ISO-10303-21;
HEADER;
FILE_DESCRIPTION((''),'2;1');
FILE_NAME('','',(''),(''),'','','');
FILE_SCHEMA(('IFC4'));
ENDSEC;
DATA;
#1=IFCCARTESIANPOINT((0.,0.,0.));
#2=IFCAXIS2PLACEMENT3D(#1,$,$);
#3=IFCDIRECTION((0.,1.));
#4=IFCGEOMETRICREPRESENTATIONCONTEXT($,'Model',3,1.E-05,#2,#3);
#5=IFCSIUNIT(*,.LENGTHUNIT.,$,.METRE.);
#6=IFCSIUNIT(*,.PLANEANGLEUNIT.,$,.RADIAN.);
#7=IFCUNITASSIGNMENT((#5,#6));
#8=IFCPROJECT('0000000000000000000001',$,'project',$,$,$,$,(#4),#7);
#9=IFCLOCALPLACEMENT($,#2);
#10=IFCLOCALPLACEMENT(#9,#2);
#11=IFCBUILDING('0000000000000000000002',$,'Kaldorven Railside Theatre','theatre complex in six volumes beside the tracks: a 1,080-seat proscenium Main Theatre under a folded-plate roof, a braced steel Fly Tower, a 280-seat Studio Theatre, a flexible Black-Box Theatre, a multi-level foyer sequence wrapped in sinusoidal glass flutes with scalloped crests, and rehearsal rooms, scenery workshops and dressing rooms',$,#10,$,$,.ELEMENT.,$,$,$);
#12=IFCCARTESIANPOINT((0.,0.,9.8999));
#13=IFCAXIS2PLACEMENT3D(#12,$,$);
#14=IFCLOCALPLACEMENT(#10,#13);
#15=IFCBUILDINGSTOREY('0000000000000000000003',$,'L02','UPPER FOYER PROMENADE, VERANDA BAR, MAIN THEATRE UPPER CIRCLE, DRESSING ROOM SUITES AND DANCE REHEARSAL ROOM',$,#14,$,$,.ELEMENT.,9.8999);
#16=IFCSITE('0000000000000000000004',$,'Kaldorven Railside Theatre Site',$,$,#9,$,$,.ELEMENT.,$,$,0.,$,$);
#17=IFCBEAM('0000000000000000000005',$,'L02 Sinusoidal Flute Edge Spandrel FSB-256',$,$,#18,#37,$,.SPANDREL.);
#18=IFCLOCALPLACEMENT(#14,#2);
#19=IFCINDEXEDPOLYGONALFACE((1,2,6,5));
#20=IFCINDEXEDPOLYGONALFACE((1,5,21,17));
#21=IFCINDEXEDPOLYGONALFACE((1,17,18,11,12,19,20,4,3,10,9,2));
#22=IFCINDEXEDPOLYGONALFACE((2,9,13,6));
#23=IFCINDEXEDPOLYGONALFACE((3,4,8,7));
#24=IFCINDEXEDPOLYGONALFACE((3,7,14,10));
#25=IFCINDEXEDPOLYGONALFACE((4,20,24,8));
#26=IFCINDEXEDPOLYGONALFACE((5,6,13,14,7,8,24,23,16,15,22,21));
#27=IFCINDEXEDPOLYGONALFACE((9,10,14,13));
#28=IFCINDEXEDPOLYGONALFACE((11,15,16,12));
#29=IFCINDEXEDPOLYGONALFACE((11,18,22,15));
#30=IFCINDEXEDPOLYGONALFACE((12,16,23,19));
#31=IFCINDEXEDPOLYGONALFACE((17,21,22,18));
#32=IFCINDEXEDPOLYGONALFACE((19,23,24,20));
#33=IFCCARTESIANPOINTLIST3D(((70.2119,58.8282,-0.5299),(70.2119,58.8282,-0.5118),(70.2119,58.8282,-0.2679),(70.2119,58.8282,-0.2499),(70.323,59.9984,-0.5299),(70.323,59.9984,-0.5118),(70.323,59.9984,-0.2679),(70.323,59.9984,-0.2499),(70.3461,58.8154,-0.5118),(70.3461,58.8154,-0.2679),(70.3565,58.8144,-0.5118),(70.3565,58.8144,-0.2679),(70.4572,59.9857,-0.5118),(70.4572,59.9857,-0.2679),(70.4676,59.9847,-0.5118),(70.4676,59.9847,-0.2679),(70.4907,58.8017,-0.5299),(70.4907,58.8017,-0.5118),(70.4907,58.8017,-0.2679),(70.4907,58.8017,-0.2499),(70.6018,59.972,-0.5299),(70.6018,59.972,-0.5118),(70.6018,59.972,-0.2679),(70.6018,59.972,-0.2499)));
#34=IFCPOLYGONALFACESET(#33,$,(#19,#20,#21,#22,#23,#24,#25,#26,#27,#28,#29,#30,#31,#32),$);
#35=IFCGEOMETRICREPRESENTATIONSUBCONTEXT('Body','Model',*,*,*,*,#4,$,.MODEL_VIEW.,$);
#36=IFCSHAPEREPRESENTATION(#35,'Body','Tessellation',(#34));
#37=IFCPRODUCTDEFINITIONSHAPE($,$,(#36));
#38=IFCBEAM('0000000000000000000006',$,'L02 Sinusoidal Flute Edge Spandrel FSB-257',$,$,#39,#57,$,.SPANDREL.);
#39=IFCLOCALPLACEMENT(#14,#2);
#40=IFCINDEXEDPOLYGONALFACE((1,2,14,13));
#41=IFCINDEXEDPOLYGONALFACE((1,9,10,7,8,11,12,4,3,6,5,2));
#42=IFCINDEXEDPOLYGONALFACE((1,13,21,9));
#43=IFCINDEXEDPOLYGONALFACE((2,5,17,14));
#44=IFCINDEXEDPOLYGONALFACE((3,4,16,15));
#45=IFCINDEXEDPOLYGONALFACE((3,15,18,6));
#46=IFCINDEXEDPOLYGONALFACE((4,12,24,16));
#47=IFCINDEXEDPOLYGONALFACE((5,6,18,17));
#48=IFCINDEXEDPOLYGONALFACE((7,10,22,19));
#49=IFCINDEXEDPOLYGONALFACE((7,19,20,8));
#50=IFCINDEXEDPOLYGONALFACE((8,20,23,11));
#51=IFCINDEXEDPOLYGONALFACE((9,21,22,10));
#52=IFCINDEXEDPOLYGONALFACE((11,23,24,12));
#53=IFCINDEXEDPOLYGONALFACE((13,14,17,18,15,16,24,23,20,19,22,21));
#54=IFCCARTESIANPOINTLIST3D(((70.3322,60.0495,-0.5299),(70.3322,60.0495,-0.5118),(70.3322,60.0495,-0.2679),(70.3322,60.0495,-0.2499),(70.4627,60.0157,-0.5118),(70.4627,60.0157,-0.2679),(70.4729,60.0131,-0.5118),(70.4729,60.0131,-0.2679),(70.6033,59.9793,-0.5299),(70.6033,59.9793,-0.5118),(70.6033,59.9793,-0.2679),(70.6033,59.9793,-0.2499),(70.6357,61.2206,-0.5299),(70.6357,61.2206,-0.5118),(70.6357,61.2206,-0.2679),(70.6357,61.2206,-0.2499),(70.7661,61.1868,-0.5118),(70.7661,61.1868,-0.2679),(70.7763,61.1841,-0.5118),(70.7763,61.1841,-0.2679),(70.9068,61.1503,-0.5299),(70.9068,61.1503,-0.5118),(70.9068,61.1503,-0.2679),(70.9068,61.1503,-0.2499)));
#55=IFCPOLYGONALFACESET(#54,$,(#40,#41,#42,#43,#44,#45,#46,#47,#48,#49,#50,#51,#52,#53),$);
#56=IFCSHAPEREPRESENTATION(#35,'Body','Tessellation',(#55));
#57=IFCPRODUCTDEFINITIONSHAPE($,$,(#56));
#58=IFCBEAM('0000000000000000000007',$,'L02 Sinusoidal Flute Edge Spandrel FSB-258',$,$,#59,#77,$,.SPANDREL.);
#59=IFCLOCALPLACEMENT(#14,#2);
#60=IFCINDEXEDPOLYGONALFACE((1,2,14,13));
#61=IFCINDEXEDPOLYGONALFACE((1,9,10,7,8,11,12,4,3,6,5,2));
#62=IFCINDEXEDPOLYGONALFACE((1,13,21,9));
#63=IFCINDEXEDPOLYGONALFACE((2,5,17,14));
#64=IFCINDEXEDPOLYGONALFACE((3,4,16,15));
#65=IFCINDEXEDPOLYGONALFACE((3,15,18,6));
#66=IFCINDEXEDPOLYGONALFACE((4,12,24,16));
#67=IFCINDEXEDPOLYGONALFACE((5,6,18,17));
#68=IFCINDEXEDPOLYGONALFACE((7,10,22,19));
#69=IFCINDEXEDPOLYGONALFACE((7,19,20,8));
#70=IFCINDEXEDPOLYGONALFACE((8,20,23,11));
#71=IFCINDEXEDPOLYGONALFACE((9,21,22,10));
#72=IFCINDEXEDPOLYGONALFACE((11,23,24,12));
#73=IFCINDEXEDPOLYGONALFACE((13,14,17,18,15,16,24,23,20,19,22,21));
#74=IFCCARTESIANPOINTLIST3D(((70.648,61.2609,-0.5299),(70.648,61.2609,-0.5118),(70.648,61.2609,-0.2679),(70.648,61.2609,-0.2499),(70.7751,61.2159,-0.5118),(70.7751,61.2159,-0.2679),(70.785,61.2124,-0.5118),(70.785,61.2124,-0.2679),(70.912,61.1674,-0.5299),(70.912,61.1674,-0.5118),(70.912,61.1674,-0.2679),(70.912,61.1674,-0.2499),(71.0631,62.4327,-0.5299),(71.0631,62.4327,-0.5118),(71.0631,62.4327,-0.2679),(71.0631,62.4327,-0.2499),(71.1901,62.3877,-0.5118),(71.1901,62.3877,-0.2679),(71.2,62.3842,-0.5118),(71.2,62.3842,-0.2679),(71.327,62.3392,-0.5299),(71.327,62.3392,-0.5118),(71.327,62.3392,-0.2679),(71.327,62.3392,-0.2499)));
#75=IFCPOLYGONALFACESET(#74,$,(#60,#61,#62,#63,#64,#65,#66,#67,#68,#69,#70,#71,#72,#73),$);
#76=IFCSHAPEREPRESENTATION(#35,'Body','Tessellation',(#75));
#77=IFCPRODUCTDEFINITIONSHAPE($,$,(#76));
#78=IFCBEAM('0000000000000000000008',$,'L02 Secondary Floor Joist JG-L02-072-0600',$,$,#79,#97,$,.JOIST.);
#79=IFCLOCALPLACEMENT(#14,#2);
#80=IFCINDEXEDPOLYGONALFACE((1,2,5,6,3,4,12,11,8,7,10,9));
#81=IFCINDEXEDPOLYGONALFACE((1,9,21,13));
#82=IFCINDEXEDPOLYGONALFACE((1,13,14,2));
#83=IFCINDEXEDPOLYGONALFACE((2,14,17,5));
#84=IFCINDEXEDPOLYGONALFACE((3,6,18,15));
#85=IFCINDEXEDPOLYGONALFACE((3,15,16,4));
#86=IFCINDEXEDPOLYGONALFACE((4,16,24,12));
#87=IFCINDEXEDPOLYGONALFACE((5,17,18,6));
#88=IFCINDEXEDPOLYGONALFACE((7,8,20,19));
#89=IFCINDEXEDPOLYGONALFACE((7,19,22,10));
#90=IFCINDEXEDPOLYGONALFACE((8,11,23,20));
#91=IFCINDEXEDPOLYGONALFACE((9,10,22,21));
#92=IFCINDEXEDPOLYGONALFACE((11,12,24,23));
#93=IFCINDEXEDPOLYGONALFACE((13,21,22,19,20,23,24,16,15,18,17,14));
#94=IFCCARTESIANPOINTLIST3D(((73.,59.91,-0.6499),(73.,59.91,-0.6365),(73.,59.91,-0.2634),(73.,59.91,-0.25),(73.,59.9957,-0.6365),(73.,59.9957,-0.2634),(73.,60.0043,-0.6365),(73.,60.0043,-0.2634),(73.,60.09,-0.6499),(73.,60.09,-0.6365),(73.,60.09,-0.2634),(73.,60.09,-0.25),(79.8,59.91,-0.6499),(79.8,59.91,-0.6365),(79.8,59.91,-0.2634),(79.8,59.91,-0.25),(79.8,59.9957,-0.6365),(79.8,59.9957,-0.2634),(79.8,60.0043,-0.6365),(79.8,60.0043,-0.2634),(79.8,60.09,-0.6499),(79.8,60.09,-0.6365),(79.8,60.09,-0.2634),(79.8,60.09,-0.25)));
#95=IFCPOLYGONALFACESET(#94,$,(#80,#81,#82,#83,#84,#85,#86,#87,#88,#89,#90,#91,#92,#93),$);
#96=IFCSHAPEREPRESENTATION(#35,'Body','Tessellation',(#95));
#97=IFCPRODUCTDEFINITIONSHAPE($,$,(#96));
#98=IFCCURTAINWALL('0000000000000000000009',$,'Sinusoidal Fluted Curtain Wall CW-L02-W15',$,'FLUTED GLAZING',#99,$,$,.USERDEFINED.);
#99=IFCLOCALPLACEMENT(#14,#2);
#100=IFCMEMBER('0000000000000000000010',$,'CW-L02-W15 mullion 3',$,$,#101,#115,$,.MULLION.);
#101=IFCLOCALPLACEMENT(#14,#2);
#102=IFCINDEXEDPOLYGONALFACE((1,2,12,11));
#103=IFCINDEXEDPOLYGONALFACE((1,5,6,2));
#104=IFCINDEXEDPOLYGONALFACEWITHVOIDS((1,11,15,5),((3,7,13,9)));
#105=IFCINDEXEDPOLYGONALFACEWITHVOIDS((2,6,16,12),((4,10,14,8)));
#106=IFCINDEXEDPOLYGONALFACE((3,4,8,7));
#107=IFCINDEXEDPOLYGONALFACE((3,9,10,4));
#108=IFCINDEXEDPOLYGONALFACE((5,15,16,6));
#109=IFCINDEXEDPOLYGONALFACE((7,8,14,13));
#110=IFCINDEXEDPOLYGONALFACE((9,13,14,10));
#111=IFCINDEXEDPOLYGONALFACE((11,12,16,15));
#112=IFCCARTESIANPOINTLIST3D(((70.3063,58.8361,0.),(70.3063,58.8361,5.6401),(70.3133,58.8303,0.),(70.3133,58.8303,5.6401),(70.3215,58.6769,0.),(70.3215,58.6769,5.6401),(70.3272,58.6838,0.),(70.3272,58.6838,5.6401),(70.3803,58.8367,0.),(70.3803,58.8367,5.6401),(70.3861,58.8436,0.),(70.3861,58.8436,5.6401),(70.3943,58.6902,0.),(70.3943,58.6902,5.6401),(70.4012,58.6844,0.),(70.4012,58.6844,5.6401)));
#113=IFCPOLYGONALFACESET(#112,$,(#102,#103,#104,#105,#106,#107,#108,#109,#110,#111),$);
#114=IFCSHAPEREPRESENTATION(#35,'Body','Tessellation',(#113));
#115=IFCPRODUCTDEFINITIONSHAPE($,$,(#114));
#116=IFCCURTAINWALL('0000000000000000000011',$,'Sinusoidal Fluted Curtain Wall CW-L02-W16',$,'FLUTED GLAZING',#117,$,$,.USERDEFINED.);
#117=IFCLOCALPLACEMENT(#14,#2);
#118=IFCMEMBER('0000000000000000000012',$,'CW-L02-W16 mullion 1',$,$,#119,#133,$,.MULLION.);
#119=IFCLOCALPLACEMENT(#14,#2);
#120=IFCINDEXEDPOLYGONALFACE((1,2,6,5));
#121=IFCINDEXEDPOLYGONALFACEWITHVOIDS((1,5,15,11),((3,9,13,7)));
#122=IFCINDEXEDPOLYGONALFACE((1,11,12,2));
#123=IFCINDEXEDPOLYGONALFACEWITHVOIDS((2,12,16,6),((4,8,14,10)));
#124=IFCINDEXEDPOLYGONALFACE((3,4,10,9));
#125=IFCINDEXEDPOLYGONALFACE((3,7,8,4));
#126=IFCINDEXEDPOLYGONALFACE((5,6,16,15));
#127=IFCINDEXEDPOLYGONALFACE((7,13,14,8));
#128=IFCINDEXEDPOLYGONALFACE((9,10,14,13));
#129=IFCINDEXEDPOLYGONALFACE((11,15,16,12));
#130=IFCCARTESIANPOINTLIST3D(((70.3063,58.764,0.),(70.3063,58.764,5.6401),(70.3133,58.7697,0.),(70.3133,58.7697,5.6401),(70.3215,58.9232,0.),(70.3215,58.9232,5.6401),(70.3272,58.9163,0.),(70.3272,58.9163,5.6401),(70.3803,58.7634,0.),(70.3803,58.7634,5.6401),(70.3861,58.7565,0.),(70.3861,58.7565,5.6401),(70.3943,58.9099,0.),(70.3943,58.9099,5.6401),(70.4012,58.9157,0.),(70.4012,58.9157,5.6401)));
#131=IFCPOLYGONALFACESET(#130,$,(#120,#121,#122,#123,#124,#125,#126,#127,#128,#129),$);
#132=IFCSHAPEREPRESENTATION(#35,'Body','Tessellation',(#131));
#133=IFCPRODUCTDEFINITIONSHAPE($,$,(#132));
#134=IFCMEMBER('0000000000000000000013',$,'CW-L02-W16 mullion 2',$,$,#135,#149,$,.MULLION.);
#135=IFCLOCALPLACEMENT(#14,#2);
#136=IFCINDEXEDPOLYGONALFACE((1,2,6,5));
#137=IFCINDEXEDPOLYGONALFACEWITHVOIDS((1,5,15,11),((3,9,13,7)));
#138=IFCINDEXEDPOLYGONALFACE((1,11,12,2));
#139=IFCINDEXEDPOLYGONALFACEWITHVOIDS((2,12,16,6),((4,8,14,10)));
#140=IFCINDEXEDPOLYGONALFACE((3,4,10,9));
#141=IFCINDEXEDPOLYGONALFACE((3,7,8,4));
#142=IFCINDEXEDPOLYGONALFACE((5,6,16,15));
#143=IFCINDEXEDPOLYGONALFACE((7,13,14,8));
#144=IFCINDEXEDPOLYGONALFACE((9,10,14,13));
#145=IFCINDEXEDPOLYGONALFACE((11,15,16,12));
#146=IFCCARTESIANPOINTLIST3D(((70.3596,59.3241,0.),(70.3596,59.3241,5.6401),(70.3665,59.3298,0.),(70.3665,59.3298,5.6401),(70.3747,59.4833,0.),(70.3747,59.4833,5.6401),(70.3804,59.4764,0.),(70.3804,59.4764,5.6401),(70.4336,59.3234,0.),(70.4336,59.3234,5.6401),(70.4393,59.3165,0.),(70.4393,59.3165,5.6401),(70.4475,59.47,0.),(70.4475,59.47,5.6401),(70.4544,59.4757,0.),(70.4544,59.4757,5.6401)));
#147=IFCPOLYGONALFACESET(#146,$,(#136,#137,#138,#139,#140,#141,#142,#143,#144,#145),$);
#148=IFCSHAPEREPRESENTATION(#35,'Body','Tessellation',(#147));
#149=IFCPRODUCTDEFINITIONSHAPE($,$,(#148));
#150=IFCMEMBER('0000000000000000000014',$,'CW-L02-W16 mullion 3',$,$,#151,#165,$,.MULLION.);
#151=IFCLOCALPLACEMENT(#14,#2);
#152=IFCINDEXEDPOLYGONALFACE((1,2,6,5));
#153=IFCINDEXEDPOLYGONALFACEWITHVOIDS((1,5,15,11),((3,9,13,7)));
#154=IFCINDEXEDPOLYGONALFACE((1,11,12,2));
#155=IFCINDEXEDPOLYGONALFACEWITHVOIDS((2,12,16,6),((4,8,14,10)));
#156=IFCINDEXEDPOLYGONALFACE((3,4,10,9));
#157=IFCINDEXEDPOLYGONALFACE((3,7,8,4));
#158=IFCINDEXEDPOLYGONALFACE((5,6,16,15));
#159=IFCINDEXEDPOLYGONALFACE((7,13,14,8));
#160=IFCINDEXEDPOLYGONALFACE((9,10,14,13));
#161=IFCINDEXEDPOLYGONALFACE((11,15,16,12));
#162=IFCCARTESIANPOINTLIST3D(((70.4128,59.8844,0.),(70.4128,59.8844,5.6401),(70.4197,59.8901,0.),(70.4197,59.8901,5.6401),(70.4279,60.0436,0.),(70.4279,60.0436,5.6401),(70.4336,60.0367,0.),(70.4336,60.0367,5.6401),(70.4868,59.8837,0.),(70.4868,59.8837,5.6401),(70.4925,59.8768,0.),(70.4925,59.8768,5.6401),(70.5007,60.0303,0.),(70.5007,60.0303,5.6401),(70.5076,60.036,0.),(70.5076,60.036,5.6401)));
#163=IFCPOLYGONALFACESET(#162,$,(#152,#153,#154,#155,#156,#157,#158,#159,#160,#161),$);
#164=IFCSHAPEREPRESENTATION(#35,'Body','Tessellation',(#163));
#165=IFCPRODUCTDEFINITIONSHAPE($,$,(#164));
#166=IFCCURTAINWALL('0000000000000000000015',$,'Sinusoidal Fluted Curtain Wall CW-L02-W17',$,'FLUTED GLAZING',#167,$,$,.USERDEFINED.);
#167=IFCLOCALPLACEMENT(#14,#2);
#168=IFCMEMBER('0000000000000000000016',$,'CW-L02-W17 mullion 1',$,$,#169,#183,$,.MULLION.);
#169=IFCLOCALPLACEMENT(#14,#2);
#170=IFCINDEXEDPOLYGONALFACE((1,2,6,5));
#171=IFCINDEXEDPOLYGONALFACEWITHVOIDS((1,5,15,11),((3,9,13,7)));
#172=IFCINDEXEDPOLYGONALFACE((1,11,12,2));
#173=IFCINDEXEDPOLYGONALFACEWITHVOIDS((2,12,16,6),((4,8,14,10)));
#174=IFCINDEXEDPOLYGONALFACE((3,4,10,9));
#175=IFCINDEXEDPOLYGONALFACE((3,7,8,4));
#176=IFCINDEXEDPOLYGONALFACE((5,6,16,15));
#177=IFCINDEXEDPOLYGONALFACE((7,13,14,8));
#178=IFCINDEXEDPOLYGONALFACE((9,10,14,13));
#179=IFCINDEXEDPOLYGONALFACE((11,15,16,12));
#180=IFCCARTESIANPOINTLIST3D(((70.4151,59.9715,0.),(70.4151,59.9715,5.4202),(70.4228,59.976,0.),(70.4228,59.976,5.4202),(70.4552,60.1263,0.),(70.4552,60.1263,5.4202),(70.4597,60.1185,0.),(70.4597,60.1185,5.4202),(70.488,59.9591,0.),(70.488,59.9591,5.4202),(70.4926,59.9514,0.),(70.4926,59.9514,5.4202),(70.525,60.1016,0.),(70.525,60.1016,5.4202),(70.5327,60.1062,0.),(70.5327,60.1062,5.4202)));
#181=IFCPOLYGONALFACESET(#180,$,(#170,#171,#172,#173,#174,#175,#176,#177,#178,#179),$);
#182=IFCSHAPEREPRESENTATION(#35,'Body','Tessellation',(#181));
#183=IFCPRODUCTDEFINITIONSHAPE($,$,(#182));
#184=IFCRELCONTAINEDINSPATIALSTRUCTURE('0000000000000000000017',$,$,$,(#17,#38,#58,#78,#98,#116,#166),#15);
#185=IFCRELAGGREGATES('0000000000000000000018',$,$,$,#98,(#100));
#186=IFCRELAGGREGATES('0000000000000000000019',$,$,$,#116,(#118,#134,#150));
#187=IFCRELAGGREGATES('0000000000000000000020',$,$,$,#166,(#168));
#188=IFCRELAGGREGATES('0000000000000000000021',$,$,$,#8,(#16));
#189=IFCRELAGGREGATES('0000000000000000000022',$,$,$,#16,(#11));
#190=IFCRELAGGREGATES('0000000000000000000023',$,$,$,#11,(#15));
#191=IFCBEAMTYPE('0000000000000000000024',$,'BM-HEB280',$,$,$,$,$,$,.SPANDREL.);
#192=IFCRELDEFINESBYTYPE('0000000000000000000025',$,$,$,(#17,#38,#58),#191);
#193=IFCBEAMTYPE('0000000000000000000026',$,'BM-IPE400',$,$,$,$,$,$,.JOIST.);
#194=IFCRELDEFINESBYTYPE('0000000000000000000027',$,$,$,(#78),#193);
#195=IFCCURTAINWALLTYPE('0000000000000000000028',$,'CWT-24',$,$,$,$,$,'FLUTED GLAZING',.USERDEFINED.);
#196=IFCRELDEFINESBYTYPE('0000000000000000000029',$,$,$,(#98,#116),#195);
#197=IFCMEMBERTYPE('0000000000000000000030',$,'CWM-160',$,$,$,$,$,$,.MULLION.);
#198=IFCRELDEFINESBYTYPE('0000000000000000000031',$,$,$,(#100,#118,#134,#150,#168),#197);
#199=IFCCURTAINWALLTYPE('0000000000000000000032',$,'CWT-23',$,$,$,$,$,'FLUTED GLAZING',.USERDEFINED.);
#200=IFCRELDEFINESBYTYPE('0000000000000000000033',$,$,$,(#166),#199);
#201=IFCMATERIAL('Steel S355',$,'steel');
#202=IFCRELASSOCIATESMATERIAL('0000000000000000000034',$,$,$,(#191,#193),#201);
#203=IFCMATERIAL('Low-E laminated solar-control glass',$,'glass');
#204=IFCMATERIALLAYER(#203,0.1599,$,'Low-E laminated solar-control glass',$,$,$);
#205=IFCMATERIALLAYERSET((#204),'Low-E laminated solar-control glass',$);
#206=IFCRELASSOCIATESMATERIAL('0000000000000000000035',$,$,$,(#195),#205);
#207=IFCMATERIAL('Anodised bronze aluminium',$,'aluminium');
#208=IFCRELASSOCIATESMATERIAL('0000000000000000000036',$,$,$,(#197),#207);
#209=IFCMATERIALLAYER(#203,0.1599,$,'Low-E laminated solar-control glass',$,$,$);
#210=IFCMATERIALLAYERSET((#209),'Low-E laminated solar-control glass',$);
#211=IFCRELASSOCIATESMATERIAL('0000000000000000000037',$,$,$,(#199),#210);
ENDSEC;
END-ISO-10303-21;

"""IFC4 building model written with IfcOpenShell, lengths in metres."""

from ifc_helpers import new_model, si_unit, direction, frame, origin, origin_2d, place, context, subcontext, project, spatial, hollow_rectangle, i_section, extrude, material, layer, layer_set, material_profile, profile_set, type_object, element, aggregate, save


model = new_model("IFC4")

# Units and contexts
model_context = context("Model", 3, precision=1e-05, world=origin(), true_north=direction((0.0, 1.0)))
body_context = subcontext(model_context, "Body", "Model", "MODEL_VIEW")
ifc_project = project(units=[si_unit("LENGTHUNIT", "METRE"), si_unit("PLANEANGLEUNIT", "RADIAN")], contexts=[model_context])

# Site, building, storey
site_placement = place(None, origin())
site = spatial("IfcSite", under=ifc_project, at=site_placement, Name="Kaldorven Railside Theatre Site", CompositionType="ELEMENT", RefElevation=0.0)
building_placement = place(site_placement, origin())
building = spatial("IfcBuilding", under=site, at=building_placement, Name="Kaldorven Railside Theatre", Description="theatre complex in six volumes beside the tracks: a 1,080-seat proscenium Main Theatre under a folded-plate roof, a braced steel Fly Tower, a 280-seat Studio Theatre, a flexible Black-Box Theatre, a multi-level foyer sequence wrapped in sinusoidal glass flutes with scalloped crests, and rehearsal rooms, scenery workshops and dressing rooms", CompositionType="ELEMENT")
storey_placement = place(building_placement, frame((0.0, 0.0, 9.8999)))
storey = spatial("IfcBuildingStorey", under=building, at=storey_placement, Name="L02", Description="UPPER FOYER PROMENADE, VERANDA BAR, MAIN THEATRE UPPER CIRCLE, DRESSING ROOM SUITES AND DANCE REHEARSAL ROOM", CompositionType="ELEMENT", Elevation=9.8999)

# Beams
ifc_material_1 = material(Name="Steel S355", Category="steel")
ifc_material_profile_1 = material_profile(ifc_material_1, i_section(OverallWidth=0.28, OverallDepth=0.28, WebThickness=0.0105, FlangeThickness=0.0181, at=origin_2d()), Name="HEB 280")
ifc_profile_set_1 = profile_set([ifc_material_profile_1], Name="Steel S355")
beam_type_1 = type_object("IfcBeamType", Name="BM-HEB280", PredefinedType="SPANDREL", material=ifc_profile_set_1)
beam_1_placement = place(storey_placement, frame((70.3513, 58.8149, -0.3899), z_axis=(0.094505, 0.995524, 0.0), x_axis=(-0.995524, 0.094505, 0.0)))
element("IfcBeam", 1, at=beam_1_placement, inside=storey, type_object=beam_type_1, Name="L02 Sinusoidal Flute Edge Spandrel FSB-256", PredefinedType="SPANDREL", context=body_context, shape_type="SweptSolid", body=[
    extrude(i_section(OverallWidth=0.28, OverallDepth=0.28, WebThickness=0.0105, FlangeThickness=0.0181, at=origin_2d()), origin(), (0.0, 0.0, 1.0), 1.1755),
])
beam_2_placement = place(storey_placement, frame((70.4678, 60.0144, -0.3899), z_axis=(0.250836, 0.96803, 0.0), x_axis=(-0.96803, 0.250836, 0.0)))
element("IfcBeam", 2, at=beam_2_placement, inside=storey, type_object=beam_type_1, Name="L02 Sinusoidal Flute Edge Spandrel FSB-257", PredefinedType="SPANDREL", context=body_context, shape_type="SweptSolid", body=[
    extrude(i_section(OverallWidth=0.28, OverallDepth=0.28, WebThickness=0.0105, FlangeThickness=0.0181, at=origin_2d()), origin(), (0.0, 0.0, 1.0), 1.2097),
])
beam_3_placement = place(storey_placement, frame((70.78, 61.2141, -0.3899), z_axis=(0.333847, 0.942627, 0.0), x_axis=(-0.942627, 0.333847, 0.0)))
element("IfcBeam", 3, at=beam_3_placement, inside=storey, type_object=beam_type_1, Name="L02 Sinusoidal Flute Edge Spandrel FSB-258", PredefinedType="SPANDREL", context=body_context, shape_type="SweptSolid", body=[
    extrude(i_section(OverallWidth=0.28, OverallDepth=0.28, WebThickness=0.0105, FlangeThickness=0.0181, at=origin_2d()), origin(), (0.0, 0.0, 1.0), 1.2432),
])
ifc_material_profile_2 = material_profile(ifc_material_1, i_section(OverallWidth=0.1799, OverallDepth=0.3999, WebThickness=0.0085, FlangeThickness=0.0134, at=origin_2d()), Name="IPE 400")
ifc_profile_set_2 = profile_set([ifc_material_profile_2], Name="Steel S355")
beam_type_2 = type_object("IfcBeamType", Name="BM-IPE400", PredefinedType="JOIST", material=ifc_profile_set_2)
beam_4_placement = place(storey_placement, frame((73.0, 60.0, -0.45), z_axis=(1.0, 0.0, 0.0), x_axis=(0.0, 1.0, 0.0)))
element("IfcBeam", 4, at=beam_4_placement, inside=storey, type_object=beam_type_2, Name="L02 Secondary Floor Joist JG-L02-072-0600", PredefinedType="JOIST", context=body_context, shape_type="SweptSolid", body=[
    extrude(i_section(OverallWidth=0.1799, OverallDepth=0.3999, WebThickness=0.0085, FlangeThickness=0.0134, at=origin_2d()), origin(), (0.0, 0.0, 1.0), 6.8),
])

# Curtain wall, member
ifc_material_2 = material(Name="Low-E laminated solar-control glass", Category="glass")
ifc_layer_1 = layer(ifc_material_2, 0.1599, Name="Low-E laminated solar-control glass")
ifc_layer_set_1 = layer_set([ifc_layer_1], Name="Low-E laminated solar-control glass")
curtain_wall_type_1 = type_object("IfcCurtainWallType", Name="CWT-24", ElementType="FLUTED GLAZING", PredefinedType="USERDEFINED", material=ifc_layer_set_1)
curtain_wall_1_placement = place(storey_placement, origin())
curtain_wall_1 = element("IfcCurtainWall", 5, at=curtain_wall_1_placement, inside=storey, type_object=curtain_wall_type_1, Name="Sinusoidal Fluted Curtain Wall CW-L02-W15", ObjectType="FLUTED GLAZING", PredefinedType="USERDEFINED")
ifc_material_3 = material(Name="Anodised bronze aluminium", Category="aluminium")
ifc_material_profile_3 = material_profile(ifc_material_3, hollow_rectangle(XDim=0.0801, YDim=0.1599, WallThickness=0.0063, at=origin_2d()), Name="RHS 160x80x6.3")
ifc_profile_set_3 = profile_set([ifc_material_profile_3], Name="Anodised bronze aluminium")
member_type_1 = type_object("IfcMemberType", Name="CWM-160", PredefinedType="MULLION", material=ifc_profile_set_3)
member_1_placement = place(storey_placement, frame((70.3538, 58.7603, 0.0), z_axis=(0.0, 0.0, 1.0), x_axis=(-0.995526, -0.094492, 0.0)))
member_1 = element("IfcMember", 6, at=member_1_placement, type_object=member_type_1, Name="CW-L02-W15 mullion 3", PredefinedType="MULLION", context=body_context, shape_type="SweptSolid", body=[
    extrude(hollow_rectangle(XDim=0.0801, YDim=0.1599, WallThickness=0.0063, at=origin_2d()), origin(), (0.0, 0.0, 1.0), 5.6401),
])

# Curtain walls, members
curtain_wall_2_placement = place(storey_placement, origin())
curtain_wall_2 = element("IfcCurtainWall", 7, at=curtain_wall_2_placement, inside=storey, type_object=curtain_wall_type_1, Name="Sinusoidal Fluted Curtain Wall CW-L02-W16", ObjectType="FLUTED GLAZING", PredefinedType="USERDEFINED")
member_2_placement = place(storey_placement, frame((70.3538, 58.8398, 0.0), z_axis=(0.0, 0.0, 1.0), x_axis=(-0.995526, 0.094492, 0.0)))
member_2 = element("IfcMember", 8, at=member_2_placement, type_object=member_type_1, Name="CW-L02-W16 mullion 1", PredefinedType="MULLION", context=body_context, shape_type="SweptSolid", body=[
    extrude(hollow_rectangle(XDim=0.0801, YDim=0.1599, WallThickness=0.0063, at=origin_2d()), origin(), (0.0, 0.0, 1.0), 5.6401),
])
member_3_placement = place(storey_placement, frame((70.407, 59.3999, 0.0), z_axis=(0.0, 0.0, 1.0), x_axis=(-0.995526, 0.094492, 0.0)))
member_3 = element("IfcMember", 9, at=member_3_placement, type_object=member_type_1, Name="CW-L02-W16 mullion 2", PredefinedType="MULLION", context=body_context, shape_type="SweptSolid", body=[
    extrude(hollow_rectangle(XDim=0.0801, YDim=0.1599, WallThickness=0.0063, at=origin_2d()), origin(), (0.0, 0.0, 1.0), 5.6401),
])
member_4_placement = place(storey_placement, frame((70.4602, 59.9602, 0.0), z_axis=(0.0, 0.0, 1.0), x_axis=(-0.995526, 0.094492, 0.0)))
member_4 = element("IfcMember", 10, at=member_4_placement, type_object=member_type_1, Name="CW-L02-W16 mullion 3", PredefinedType="MULLION", context=body_context, shape_type="SweptSolid", body=[
    extrude(hollow_rectangle(XDim=0.0801, YDim=0.1599, WallThickness=0.0063, at=origin_2d()), origin(), (0.0, 0.0, 1.0), 5.6401),
])
ifc_layer_2 = layer(ifc_material_2, 0.1599, Name="Low-E laminated solar-control glass")
ifc_layer_set_2 = layer_set([ifc_layer_2], Name="Low-E laminated solar-control glass")
curtain_wall_type_2 = type_object("IfcCurtainWallType", Name="CWT-23", ElementType="FLUTED GLAZING", PredefinedType="USERDEFINED", material=ifc_layer_set_2)
curtain_wall_3_placement = place(storey_placement, origin())
curtain_wall_3 = element("IfcCurtainWall", 11, at=curtain_wall_3_placement, inside=storey, type_object=curtain_wall_type_2, Name="Sinusoidal Fluted Curtain Wall CW-L02-W17", ObjectType="FLUTED GLAZING", PredefinedType="USERDEFINED")
member_5_placement = place(storey_placement, frame((70.4739, 60.0388, 0.0), z_axis=(0.0, 0.0, 1.0), x_axis=(-0.967999, 0.250954, 0.0)))
member_5 = element("IfcMember", 12, at=member_5_placement, type_object=member_type_1, Name="CW-L02-W17 mullion 1", PredefinedType="MULLION", context=body_context, shape_type="SweptSolid", body=[
    extrude(hollow_rectangle(XDim=0.0801, YDim=0.1599, WallThickness=0.0063, at=origin_2d()), origin(), (0.0, 0.0, 1.0), 5.4202),
])

aggregate(curtain_wall_1, [member_1])
aggregate(curtain_wall_2, [member_2, member_3, member_4])
aggregate(curtain_wall_3, [member_5])

save(model, "model.ifc")
